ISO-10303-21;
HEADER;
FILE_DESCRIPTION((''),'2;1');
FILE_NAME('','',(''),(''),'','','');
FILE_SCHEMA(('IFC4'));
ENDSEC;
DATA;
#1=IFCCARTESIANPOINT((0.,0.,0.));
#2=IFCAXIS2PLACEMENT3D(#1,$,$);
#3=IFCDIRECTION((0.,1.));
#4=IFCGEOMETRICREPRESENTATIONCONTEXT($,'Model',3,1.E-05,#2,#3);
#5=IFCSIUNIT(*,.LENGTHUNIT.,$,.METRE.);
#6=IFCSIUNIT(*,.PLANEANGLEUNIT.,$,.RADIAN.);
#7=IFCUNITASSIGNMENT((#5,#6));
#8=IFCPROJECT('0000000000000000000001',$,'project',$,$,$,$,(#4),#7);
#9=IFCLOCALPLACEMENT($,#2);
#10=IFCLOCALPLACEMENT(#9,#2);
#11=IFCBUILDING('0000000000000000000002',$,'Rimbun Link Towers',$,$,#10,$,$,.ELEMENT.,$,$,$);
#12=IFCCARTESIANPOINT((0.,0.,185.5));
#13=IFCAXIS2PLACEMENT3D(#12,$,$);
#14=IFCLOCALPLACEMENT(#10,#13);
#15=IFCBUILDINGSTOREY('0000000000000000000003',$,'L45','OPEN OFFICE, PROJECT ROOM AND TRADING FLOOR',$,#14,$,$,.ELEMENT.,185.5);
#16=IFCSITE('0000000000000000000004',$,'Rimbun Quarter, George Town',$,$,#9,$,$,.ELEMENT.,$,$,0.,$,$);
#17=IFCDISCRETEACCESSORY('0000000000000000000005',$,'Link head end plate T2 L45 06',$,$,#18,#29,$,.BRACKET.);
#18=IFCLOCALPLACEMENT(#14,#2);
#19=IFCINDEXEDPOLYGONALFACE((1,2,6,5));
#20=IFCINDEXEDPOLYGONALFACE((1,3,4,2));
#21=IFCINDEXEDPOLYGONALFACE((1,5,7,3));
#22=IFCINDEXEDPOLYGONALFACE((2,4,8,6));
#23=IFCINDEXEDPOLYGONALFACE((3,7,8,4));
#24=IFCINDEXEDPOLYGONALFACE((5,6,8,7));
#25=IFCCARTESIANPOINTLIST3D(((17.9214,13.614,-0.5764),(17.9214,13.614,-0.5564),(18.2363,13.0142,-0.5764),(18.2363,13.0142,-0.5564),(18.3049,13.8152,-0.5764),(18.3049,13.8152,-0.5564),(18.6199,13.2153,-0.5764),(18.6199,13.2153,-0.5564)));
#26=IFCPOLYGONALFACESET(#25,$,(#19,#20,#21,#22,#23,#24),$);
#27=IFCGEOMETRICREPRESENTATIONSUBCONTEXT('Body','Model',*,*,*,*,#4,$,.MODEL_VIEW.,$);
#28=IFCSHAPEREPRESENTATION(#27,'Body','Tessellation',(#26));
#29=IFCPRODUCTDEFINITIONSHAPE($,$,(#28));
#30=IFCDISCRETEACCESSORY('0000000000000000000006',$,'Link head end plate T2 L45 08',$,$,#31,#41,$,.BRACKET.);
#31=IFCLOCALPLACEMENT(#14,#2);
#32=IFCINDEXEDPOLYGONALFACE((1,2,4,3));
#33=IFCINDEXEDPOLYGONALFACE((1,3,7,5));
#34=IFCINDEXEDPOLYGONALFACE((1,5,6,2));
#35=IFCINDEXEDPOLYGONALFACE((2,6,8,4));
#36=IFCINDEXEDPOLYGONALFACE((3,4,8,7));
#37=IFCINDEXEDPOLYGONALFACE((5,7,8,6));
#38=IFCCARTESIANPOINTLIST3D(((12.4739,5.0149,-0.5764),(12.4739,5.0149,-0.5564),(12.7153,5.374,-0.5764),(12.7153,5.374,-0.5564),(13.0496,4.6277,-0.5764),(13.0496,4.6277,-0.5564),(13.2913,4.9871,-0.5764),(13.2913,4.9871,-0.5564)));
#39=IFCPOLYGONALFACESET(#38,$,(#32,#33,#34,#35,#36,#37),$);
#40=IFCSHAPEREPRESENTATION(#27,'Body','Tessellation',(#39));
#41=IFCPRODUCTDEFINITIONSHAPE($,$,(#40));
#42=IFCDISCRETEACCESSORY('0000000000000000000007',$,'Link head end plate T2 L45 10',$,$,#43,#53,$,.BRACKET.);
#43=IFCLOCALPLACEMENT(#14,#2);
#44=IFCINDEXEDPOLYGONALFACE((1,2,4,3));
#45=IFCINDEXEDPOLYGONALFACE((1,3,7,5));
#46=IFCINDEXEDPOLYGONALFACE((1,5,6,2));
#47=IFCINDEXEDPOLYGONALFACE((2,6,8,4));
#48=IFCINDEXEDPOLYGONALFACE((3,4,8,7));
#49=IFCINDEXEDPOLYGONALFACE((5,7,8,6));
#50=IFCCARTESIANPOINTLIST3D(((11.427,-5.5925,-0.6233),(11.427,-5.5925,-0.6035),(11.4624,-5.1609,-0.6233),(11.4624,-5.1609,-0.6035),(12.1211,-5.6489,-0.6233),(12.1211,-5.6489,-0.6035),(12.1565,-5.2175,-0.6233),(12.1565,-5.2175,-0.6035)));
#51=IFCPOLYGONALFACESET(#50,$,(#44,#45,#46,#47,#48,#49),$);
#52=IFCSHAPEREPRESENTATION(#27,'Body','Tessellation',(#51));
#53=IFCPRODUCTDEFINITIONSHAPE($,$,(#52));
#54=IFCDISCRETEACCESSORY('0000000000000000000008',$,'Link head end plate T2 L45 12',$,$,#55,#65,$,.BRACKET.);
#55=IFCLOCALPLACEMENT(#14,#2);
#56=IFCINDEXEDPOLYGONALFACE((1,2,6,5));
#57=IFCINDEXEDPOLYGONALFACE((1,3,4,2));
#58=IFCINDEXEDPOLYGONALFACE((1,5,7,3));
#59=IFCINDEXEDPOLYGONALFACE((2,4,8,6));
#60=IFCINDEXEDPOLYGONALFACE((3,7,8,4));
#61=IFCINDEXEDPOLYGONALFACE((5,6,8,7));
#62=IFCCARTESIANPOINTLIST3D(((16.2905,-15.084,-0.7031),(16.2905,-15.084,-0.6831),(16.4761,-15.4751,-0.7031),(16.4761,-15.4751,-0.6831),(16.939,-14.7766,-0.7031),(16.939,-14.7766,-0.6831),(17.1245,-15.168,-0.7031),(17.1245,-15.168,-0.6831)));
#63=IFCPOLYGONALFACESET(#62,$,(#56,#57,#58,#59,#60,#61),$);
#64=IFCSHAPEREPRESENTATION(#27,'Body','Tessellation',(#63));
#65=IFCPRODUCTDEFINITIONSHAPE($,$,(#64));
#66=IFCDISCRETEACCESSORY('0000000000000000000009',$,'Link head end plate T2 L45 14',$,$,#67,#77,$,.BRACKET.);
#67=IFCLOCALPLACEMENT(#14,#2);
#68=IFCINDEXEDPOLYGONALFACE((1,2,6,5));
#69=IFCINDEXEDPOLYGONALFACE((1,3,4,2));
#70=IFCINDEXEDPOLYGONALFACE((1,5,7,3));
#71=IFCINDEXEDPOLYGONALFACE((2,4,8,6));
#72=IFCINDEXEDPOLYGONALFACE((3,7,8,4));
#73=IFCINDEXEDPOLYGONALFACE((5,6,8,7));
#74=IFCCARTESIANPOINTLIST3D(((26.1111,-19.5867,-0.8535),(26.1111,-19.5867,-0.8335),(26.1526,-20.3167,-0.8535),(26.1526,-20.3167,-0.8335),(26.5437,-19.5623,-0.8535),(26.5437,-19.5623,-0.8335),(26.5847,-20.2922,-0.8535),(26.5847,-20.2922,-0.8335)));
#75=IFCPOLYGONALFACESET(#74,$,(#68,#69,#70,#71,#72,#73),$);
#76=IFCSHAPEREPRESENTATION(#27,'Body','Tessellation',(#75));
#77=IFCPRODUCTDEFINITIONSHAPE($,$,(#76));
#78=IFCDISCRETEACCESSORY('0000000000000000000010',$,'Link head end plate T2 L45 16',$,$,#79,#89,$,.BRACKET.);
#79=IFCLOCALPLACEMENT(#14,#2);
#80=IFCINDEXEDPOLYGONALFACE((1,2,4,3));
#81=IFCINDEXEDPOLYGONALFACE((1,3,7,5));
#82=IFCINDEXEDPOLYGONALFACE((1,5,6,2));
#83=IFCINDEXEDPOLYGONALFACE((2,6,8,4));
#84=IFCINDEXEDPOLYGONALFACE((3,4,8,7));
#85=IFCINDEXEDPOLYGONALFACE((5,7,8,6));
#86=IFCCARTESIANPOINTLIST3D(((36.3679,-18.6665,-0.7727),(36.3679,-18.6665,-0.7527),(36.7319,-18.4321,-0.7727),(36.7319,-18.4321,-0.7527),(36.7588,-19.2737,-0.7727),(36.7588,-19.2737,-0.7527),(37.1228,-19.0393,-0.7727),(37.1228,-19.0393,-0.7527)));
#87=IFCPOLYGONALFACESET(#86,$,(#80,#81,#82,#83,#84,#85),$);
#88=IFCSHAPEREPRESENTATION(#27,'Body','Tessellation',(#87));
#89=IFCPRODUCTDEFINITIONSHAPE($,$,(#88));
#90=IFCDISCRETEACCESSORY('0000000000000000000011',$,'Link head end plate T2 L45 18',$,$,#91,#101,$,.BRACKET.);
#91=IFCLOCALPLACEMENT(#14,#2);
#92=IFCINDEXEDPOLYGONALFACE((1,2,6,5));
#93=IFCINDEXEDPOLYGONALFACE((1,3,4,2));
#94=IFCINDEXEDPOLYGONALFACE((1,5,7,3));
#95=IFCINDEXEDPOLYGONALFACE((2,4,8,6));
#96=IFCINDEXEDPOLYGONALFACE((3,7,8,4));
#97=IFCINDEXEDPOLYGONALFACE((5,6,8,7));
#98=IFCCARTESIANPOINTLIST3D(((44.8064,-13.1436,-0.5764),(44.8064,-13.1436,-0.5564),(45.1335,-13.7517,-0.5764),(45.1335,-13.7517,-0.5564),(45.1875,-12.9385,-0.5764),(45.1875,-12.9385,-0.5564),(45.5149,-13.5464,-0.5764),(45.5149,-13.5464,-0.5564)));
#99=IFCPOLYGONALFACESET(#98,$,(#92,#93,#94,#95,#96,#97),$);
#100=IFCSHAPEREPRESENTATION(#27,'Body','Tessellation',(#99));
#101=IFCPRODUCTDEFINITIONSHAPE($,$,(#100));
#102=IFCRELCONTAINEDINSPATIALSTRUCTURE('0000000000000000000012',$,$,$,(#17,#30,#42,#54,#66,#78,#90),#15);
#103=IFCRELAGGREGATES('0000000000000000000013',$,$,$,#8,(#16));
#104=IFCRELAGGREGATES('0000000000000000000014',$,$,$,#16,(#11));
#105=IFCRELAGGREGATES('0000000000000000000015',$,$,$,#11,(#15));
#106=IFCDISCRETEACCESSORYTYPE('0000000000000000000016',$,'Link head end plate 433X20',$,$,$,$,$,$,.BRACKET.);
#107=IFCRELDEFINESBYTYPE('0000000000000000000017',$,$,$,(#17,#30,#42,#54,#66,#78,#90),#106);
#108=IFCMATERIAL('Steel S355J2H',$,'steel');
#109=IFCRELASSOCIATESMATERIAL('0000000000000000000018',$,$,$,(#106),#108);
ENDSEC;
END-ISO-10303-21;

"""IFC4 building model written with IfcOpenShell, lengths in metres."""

from ifc_helpers import new_model, si_unit, direction, frame, origin, origin_2d, place, context, subcontext, project, spatial, polyline, rectangle, outline, extrude, material, material_profile, profile_set, type_object, element, save


model = new_model("IFC4")

# Units and contexts
model_context = context("Model", 3, precision=1e-05, world=origin(), true_north=direction((0.0, 1.0)))
body_context = subcontext(model_context, "Body", "Model", "MODEL_VIEW")
ifc_project = project(units=[si_unit("LENGTHUNIT", "METRE"), si_unit("PLANEANGLEUNIT", "RADIAN")], contexts=[model_context])

# Site, building, storey
site_placement = place(None, origin())
site = spatial("IfcSite", under=ifc_project, at=site_placement, Name="Rimbun Quarter, George Town", CompositionType="ELEMENT", RefElevation=0.0)
building_placement = place(site_placement, origin())
building = spatial("IfcBuilding", under=site, at=building_placement, Name="Rimbun Link Towers", CompositionType="ELEMENT")
storey_placement = place(building_placement, frame((0.0, 0.0, 185.5)))
storey = spatial("IfcBuildingStorey", under=building, at=storey_placement, Name="L45", Description="OPEN OFFICE, PROJECT ROOM AND TRADING FLOOR", CompositionType="ELEMENT", Elevation=185.5)

# Discrete accessories
ifc_material_1 = material(Name="Steel S355J2H", Category="steel")
ifc_material_profile_1 = material_profile(ifc_material_1, rectangle(XDim=0.4331, YDim=0.4331, at=origin_2d()), Name="PL 433x433")
ifc_profile_set_1 = profile_set([ifc_material_profile_1], Name="Steel S355J2H")
discrete_accessory_type_1 = type_object("IfcDiscreteAccessoryType", Name="Link head end plate 433X20", PredefinedType="BRACKET", material=ifc_profile_set_1)
discrete_accessory_1_placement = place(storey_placement, frame((0.0, 0.0, -0.5764)))
element("IfcDiscreteAccessory", 1, at=discrete_accessory_1_placement, inside=storey, type_object=discrete_accessory_type_1, Name="Link head end plate T2 L45 06", PredefinedType="BRACKET", context=body_context, shape_type="SweptSolid", body=[
    extrude(outline(polyline([(18.6199, 13.2153), (18.3049, 13.8152), (17.9214, 13.614), (18.2363, 13.0142), (18.6199, 13.2153)])), origin(), (0.0, 0.0, 1.0), 0.02),
])
discrete_accessory_2_placement = place(storey_placement, frame((0.0, 0.0, -0.5764)))
element("IfcDiscreteAccessory", 2, at=discrete_accessory_2_placement, inside=storey, type_object=discrete_accessory_type_1, Name="Link head end plate T2 L45 08", PredefinedType="BRACKET", context=body_context, shape_type="SweptSolid", body=[
    extrude(outline(polyline([(13.2913, 4.9871), (12.7153, 5.374), (12.4739, 5.0149), (13.0496, 4.6277), (13.2913, 4.9871)])), origin(), (0.0, 0.0, 1.0), 0.02),
])
discrete_accessory_3_placement = place(storey_placement, frame((0.0, 0.0, -0.6233)))
element("IfcDiscreteAccessory", 3, at=discrete_accessory_3_placement, inside=storey, type_object=discrete_accessory_type_1, Name="Link head end plate T2 L45 10", PredefinedType="BRACKET", context=body_context, shape_type="SweptSolid", body=[
    extrude(outline(polyline([(12.1565, -5.2175), (11.4624, -5.1609), (11.427, -5.5925), (12.1211, -5.6489), (12.1565, -5.2175)])), origin(), (0.0, 0.0, 1.0), 0.0198),
])
discrete_accessory_4_placement = place(storey_placement, frame((0.0, 0.0, -0.7031)))
element("IfcDiscreteAccessory", 4, at=discrete_accessory_4_placement, inside=storey, type_object=discrete_accessory_type_1, Name="Link head end plate T2 L45 12", PredefinedType="BRACKET", context=body_context, shape_type="SweptSolid", body=[
    extrude(outline(polyline([(16.939, -14.7766), (16.2905, -15.084), (16.4761, -15.4751), (17.1245, -15.168), (16.939, -14.7766)])), origin(), (0.0, 0.0, 1.0), 0.02),
])
discrete_accessory_5_placement = place(storey_placement, frame((0.0, 0.0, -0.8535)))
element("IfcDiscreteAccessory", 5, at=discrete_accessory_5_placement, inside=storey, type_object=discrete_accessory_type_1, Name="Link head end plate T2 L45 14", PredefinedType="BRACKET", context=body_context, shape_type="SweptSolid", body=[
    extrude(outline(polyline([(26.1111, -19.5867), (26.1526, -20.3167), (26.5847, -20.2922), (26.5437, -19.5623), (26.1111, -19.5867)])), origin(), (0.0, 0.0, 1.0), 0.02),
])
discrete_accessory_6_placement = place(storey_placement, frame((0.0, 0.0, -0.7727)))
element("IfcDiscreteAccessory", 6, at=discrete_accessory_6_placement, inside=storey, type_object=discrete_accessory_type_1, Name="Link head end plate T2 L45 16", PredefinedType="BRACKET", context=body_context, shape_type="SweptSolid", body=[
    extrude(outline(polyline([(36.3679, -18.6665), (36.7588, -19.2737), (37.1228, -19.0393), (36.7319, -18.4321), (36.3679, -18.6665)])), origin(), (0.0, 0.0, 1.0), 0.02),
])
discrete_accessory_7_placement = place(storey_placement, frame((0.0, 0.0, -0.5764)))
element("IfcDiscreteAccessory", 7, at=discrete_accessory_7_placement, inside=storey, type_object=discrete_accessory_type_1, Name="Link head end plate T2 L45 18", PredefinedType="BRACKET", context=body_context, shape_type="SweptSolid", body=[
    extrude(outline(polyline([(44.8064, -13.1436), (45.1335, -13.7517), (45.5149, -13.5464), (45.1875, -12.9385), (44.8064, -13.1436)])), origin(), (0.0, 0.0, 1.0), 0.02),
])

save(model, "model.ifc")
